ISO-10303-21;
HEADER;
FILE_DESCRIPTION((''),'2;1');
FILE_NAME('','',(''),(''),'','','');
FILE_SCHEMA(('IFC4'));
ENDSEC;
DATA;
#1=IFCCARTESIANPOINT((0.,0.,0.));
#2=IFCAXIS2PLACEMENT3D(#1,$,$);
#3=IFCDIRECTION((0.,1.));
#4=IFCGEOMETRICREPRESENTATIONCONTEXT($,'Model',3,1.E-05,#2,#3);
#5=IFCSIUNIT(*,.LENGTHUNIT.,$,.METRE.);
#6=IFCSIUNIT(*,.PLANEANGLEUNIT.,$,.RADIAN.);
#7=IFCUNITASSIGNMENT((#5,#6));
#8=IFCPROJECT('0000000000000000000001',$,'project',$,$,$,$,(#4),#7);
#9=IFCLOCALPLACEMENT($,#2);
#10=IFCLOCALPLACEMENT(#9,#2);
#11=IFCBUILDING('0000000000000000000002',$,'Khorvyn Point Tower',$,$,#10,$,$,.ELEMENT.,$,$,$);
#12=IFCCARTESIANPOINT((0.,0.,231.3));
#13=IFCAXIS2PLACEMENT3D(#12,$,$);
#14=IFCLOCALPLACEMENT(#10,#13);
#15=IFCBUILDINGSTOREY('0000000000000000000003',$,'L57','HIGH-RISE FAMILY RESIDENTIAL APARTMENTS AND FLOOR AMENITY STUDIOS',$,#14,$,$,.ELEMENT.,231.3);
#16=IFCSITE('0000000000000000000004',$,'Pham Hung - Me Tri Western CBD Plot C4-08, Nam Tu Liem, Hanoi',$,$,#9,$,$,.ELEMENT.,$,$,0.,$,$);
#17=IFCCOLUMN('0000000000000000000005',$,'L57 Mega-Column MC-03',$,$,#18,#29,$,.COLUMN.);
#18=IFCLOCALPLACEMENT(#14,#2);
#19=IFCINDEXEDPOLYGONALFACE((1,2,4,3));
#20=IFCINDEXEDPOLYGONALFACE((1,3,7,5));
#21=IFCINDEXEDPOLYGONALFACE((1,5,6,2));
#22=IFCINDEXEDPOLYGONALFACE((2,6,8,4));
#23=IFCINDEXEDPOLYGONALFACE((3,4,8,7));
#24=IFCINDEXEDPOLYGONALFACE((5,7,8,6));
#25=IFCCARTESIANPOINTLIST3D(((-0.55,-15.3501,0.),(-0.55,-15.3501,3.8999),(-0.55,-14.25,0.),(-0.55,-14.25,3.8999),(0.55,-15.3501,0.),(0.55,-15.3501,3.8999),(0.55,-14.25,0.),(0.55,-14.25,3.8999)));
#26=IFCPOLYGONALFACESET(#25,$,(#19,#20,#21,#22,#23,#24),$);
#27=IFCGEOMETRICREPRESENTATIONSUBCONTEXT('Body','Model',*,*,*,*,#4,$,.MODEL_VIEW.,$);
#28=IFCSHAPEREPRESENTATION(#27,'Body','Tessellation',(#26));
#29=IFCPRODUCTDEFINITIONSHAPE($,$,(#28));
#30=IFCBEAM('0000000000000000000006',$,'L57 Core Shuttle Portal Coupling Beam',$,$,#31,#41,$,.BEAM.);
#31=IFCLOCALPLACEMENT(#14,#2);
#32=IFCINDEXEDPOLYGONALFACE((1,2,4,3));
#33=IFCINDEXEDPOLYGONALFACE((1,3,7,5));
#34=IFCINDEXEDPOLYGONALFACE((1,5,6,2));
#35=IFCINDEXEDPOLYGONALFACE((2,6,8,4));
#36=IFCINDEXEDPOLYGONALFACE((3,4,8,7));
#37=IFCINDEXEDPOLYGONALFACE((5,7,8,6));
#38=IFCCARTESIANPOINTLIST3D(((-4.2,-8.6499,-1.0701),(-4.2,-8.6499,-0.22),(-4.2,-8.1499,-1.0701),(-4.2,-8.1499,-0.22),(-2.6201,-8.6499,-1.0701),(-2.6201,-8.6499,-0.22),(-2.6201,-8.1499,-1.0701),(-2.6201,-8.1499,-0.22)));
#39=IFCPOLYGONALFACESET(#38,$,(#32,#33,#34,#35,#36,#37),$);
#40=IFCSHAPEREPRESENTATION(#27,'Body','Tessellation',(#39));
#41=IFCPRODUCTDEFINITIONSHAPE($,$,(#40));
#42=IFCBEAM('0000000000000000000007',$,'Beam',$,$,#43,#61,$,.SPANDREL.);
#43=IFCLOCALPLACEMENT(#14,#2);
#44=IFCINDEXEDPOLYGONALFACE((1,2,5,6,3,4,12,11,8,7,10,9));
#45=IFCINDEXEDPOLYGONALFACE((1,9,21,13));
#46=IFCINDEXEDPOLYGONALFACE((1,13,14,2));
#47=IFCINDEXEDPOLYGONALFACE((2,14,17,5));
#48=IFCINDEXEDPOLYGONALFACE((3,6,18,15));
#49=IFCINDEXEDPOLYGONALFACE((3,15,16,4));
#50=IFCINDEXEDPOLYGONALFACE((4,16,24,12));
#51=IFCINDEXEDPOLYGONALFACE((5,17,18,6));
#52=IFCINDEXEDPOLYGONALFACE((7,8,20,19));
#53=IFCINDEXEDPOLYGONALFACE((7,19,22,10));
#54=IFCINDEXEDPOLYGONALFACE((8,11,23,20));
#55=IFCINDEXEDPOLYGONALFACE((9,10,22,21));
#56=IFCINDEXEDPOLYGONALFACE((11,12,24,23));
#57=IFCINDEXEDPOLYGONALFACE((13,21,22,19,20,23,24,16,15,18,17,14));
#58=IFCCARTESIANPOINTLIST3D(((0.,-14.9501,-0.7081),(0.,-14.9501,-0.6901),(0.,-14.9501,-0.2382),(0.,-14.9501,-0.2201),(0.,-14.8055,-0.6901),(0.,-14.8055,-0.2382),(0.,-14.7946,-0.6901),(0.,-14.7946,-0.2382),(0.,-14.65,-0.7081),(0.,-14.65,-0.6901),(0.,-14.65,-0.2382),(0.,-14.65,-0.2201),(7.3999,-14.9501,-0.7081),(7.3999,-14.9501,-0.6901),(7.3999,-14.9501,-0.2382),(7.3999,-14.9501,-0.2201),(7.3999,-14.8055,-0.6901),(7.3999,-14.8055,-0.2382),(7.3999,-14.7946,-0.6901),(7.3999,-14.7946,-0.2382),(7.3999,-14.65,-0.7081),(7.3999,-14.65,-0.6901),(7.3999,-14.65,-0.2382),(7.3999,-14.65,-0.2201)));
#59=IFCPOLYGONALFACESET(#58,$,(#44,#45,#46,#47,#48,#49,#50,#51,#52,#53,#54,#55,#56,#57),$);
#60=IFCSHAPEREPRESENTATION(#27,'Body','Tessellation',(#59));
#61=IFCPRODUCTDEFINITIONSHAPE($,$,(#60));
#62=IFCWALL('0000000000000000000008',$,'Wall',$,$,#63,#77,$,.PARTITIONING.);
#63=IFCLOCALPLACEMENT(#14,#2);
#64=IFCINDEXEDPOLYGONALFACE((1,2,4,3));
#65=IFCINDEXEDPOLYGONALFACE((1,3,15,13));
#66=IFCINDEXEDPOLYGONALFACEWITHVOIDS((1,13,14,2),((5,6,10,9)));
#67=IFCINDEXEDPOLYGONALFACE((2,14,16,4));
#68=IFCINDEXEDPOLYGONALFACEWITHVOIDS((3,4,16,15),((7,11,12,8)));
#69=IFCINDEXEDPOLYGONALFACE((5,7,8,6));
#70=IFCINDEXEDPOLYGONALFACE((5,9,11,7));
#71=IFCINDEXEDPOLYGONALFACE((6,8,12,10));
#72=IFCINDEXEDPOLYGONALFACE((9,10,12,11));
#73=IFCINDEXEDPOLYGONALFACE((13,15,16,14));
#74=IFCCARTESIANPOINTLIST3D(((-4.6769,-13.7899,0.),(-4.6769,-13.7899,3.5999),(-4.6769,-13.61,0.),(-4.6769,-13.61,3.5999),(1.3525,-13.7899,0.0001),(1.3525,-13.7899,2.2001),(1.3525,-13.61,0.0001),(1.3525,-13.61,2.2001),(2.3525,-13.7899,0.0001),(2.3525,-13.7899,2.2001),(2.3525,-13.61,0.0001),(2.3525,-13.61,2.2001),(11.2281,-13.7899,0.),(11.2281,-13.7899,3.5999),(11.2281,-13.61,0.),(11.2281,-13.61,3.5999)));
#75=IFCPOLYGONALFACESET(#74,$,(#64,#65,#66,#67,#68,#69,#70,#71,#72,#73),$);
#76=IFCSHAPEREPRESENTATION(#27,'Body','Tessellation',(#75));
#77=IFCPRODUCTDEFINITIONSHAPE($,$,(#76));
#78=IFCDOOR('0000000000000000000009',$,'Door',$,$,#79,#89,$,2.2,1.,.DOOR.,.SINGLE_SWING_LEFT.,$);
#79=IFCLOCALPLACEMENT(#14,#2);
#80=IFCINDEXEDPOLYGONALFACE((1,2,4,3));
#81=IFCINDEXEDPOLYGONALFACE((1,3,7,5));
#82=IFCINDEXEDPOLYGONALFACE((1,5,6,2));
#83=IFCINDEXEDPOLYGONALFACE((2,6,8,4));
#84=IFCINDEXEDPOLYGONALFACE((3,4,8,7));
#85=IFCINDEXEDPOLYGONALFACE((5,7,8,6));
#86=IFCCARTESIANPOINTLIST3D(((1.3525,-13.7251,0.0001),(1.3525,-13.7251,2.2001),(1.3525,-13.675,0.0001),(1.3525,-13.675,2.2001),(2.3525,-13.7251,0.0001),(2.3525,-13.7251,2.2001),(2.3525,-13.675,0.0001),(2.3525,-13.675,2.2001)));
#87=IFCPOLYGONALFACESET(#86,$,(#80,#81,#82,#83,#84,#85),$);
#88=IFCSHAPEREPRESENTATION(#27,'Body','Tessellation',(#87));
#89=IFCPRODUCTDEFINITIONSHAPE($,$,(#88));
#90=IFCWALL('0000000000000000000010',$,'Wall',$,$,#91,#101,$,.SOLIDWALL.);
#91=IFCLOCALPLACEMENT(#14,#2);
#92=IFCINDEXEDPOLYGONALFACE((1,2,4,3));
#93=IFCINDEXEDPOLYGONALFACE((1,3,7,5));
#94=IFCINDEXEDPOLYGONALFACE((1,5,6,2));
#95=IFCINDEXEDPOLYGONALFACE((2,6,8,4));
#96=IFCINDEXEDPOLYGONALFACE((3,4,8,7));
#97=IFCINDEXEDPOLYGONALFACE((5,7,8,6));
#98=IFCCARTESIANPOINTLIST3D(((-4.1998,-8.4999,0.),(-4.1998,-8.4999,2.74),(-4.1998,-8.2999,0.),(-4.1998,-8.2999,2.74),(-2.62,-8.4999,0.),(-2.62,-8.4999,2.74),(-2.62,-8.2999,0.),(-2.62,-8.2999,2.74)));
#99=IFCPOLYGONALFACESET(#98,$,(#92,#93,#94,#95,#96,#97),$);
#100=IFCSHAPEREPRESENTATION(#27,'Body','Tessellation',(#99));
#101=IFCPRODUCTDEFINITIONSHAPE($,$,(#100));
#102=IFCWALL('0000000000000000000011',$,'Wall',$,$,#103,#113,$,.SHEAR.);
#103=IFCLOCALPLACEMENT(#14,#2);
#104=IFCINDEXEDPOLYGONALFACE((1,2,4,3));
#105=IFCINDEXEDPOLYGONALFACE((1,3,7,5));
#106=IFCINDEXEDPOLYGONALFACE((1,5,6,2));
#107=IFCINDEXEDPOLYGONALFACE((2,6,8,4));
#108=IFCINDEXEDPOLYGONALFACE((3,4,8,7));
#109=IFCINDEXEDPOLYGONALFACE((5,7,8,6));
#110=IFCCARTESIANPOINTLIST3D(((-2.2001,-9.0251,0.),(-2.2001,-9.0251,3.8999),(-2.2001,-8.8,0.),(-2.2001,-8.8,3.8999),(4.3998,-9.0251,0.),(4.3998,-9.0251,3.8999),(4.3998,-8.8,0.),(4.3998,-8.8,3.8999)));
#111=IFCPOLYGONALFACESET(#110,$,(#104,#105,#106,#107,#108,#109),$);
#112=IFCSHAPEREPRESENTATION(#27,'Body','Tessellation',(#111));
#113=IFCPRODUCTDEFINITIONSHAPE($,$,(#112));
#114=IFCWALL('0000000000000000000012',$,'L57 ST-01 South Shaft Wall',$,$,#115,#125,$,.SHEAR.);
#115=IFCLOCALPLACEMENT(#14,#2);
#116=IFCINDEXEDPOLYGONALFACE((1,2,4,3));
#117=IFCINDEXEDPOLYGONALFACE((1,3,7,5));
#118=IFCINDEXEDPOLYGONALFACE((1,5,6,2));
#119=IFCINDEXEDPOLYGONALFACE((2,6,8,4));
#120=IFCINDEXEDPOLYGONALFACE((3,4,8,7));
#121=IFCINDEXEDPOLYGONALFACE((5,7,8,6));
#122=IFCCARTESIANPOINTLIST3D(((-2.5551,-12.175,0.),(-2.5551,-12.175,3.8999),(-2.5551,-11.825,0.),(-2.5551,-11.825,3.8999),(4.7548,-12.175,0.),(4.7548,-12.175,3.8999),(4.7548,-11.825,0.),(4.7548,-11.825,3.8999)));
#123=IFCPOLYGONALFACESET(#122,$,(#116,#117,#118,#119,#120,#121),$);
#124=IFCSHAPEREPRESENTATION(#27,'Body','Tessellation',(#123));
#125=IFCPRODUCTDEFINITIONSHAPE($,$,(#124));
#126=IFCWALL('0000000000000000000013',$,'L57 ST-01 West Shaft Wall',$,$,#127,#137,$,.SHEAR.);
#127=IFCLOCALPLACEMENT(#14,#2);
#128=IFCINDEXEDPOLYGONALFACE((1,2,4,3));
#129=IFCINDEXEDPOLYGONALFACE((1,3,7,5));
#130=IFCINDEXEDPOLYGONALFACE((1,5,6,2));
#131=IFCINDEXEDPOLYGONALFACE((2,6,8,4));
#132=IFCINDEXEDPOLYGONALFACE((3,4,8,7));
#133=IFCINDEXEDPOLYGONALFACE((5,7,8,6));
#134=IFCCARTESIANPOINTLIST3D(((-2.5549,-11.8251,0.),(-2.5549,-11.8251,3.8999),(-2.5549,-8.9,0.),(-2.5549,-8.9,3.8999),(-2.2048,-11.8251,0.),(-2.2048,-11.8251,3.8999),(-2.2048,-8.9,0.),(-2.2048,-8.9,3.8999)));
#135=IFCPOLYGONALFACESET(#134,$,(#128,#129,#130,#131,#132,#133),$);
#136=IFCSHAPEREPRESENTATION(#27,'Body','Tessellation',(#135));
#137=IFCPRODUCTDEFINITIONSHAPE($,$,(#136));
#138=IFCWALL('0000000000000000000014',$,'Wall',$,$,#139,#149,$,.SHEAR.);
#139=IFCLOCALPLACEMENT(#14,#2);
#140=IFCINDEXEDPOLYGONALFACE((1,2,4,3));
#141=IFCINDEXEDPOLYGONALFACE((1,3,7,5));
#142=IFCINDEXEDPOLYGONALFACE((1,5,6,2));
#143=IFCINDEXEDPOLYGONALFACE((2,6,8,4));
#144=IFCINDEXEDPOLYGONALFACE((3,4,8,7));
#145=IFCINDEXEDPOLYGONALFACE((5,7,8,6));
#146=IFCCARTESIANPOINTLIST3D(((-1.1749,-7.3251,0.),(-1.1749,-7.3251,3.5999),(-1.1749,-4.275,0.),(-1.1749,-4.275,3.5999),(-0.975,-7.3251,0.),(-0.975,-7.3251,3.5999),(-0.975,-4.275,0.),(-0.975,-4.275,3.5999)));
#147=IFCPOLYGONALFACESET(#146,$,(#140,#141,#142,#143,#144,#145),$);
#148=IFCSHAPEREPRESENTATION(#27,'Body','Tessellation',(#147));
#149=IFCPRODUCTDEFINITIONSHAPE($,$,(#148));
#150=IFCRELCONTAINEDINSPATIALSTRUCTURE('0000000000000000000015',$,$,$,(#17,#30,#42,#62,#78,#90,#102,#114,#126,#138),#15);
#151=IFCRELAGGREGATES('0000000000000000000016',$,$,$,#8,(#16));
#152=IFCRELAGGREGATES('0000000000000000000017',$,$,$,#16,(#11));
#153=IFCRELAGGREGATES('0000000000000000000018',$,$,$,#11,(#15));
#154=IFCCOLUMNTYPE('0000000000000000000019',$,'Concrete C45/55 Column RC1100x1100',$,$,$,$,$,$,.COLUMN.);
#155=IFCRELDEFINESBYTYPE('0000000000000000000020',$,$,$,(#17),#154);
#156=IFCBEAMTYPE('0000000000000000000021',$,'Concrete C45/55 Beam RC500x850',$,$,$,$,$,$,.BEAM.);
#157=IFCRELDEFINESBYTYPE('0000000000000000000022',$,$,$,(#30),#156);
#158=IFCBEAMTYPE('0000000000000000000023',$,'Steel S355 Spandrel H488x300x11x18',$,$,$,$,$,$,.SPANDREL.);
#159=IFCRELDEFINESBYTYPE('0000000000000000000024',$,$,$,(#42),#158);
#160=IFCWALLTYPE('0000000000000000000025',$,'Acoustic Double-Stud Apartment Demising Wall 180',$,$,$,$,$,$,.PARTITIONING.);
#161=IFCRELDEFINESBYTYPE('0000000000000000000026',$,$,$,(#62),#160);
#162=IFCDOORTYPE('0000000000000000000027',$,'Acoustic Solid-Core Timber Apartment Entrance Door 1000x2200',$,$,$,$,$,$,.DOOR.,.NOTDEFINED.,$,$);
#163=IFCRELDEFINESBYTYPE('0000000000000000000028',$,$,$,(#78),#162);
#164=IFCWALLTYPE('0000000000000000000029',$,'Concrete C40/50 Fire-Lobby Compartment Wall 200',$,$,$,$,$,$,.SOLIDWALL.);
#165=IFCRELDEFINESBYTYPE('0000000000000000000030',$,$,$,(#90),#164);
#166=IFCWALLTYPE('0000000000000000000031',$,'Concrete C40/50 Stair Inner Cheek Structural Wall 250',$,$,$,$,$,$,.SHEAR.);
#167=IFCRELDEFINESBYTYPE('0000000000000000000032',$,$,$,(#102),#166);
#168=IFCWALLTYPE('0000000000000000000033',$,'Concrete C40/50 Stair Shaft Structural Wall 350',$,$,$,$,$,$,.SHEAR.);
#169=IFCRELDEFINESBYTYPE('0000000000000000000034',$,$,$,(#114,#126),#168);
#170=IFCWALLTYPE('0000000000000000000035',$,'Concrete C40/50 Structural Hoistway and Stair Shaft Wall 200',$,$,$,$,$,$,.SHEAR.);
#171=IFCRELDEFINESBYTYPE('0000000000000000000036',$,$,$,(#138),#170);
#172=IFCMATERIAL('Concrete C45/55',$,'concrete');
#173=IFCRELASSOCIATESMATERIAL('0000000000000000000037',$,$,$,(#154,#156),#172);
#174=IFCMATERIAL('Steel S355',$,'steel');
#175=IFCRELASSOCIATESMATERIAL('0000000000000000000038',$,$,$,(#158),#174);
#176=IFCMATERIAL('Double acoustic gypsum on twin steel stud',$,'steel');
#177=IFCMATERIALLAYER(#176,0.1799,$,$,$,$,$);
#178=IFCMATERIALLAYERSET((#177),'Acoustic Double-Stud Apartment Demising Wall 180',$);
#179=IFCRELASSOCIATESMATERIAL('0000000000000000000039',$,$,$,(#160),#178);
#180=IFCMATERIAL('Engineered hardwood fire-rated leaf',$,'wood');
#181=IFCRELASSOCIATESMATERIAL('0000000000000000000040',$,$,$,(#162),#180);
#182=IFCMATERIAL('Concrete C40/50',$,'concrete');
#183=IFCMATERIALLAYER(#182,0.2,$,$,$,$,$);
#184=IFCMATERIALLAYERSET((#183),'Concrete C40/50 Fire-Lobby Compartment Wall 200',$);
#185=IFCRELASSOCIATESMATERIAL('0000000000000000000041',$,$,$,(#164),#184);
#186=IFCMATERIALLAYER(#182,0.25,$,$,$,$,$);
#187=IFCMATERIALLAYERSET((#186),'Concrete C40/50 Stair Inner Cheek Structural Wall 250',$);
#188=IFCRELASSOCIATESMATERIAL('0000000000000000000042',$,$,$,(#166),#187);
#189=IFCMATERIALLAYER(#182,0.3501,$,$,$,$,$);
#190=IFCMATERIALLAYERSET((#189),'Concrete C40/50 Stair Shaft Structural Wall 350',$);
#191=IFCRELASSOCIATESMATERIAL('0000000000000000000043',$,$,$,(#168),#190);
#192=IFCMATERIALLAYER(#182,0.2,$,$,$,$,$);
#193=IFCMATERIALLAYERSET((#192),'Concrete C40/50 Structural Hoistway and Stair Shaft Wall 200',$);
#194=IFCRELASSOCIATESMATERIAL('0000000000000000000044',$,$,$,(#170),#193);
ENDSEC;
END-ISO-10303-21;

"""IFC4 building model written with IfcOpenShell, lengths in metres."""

from ifc_helpers import new_model, si_unit, direction, frame, frame_2d, origin, origin_2d, place, context, subcontext, project, spatial, rectangle, i_section, extrude, material, layer, layer_set, material_profile, profile_set, type_object, element, fill, save


model = new_model("IFC4")

# Units and contexts
model_context = context("Model", 3, precision=1e-05, world=origin(), true_north=direction((0.0, 1.0)))
body_context = subcontext(model_context, "Body", "Model", "MODEL_VIEW")
ifc_project = project(units=[si_unit("LENGTHUNIT", "METRE"), si_unit("PLANEANGLEUNIT", "RADIAN")], contexts=[model_context])

# Site, building, storey
site_placement = place(None, origin())
site = spatial("IfcSite", under=ifc_project, at=site_placement, Name="Pham Hung - Me Tri Western CBD Plot C4-08, Nam Tu Liem, Hanoi", CompositionType="ELEMENT", RefElevation=0.0)
building_placement = place(site_placement, origin())
building = spatial("IfcBuilding", under=site, at=building_placement, Name="Khorvyn Point Tower", CompositionType="ELEMENT")
storey_placement = place(building_placement, frame((0.0, 0.0, 231.3)))
storey = spatial("IfcBuildingStorey", under=building, at=storey_placement, Name="L57", Description="HIGH-RISE FAMILY RESIDENTIAL APARTMENTS AND FLOOR AMENITY STUDIOS", CompositionType="ELEMENT", Elevation=231.3)

# Column
ifc_material_1 = material(Name="Concrete C45/55", Category="concrete")
ifc_material_profile_1 = material_profile(ifc_material_1, rectangle(XDim=1.1001, YDim=1.1001, at=origin_2d()))
ifc_profile_set_1 = profile_set([ifc_material_profile_1], Name="Concrete C45/55 RC1100x1100")
column_type = type_object("IfcColumnType", Name="Concrete C45/55 Column RC1100x1100", PredefinedType="COLUMN", material=ifc_profile_set_1)
column_placement = place(storey_placement, frame((0.0, -14.8, 0.0), z_axis=(0.0, 0.0, 1.0), x_axis=(1.0, 0.0, 0.0)))
element("IfcColumn", 1, at=column_placement, inside=storey, type_object=column_type, Name="L57 Mega-Column MC-03", PredefinedType="COLUMN", context=body_context, shape_type="SweptSolid", body=[
    extrude(rectangle(XDim=1.1001, YDim=1.1001, at=origin_2d()), origin(), (0.0, 0.0, 1.0), 3.8999),
])

# Beams
ifc_material_profile_2 = material_profile(ifc_material_1, rectangle(XDim=0.5, YDim=0.8501, at=origin_2d()))
ifc_profile_set_2 = profile_set([ifc_material_profile_2], Name="Concrete C45/55 RC500x850")
beam_type_1 = type_object("IfcBeamType", Name="Concrete C45/55 Beam RC500x850", PredefinedType="BEAM", material=ifc_profile_set_2)
beam_1_placement = place(storey_placement, frame((-4.2, -8.3999, -0.645), z_axis=(1.0, 0.0, 0.0), x_axis=(0.0, 1.0, 0.0)))
element("IfcBeam", 2, at=beam_1_placement, inside=storey, type_object=beam_type_1, Name="L57 Core Shuttle Portal Coupling Beam", PredefinedType="BEAM", context=body_context, shape_type="SweptSolid", body=[
    extrude(rectangle(XDim=0.5, YDim=0.8501, at=origin_2d()), origin(), (0.0, 0.0, 1.0), 1.5798),
])
ifc_material_2 = material(Name="Steel S355", Category="steel")
ifc_material_profile_3 = material_profile(ifc_material_2, i_section(OverallWidth=0.3, OverallDepth=0.488, WebThickness=0.011, FlangeThickness=0.0181, at=origin_2d()))
ifc_profile_set_3 = profile_set([ifc_material_profile_3], Name="Steel S355 H488x300x11x18")
beam_type_2 = type_object("IfcBeamType", Name="Steel S355 Spandrel H488x300x11x18", PredefinedType="SPANDREL", material=ifc_profile_set_3)
beam_2_placement = place(storey_placement, frame((0.0, -14.8, -0.4641), z_axis=(1.0, 0.0, 0.0), x_axis=(0.0, 1.0, 0.0)))
element("IfcBeam", 3, at=beam_2_placement, inside=storey, type_object=beam_type_2, Name="Beam", PredefinedType="SPANDREL", context=body_context, shape_type="SweptSolid", body=[
    extrude(i_section(OverallWidth=0.3, OverallDepth=0.488, WebThickness=0.011, FlangeThickness=0.0181, at=origin_2d()), origin(), (0.0, 0.0, 1.0), 7.3999),
])

# Wall, opening, door
ifc_material_3 = material(Name="Double acoustic gypsum on twin steel stud", Category="steel")
ifc_layer_1 = layer(ifc_material_3, 0.1799)
ifc_layer_set_1 = layer_set([ifc_layer_1], Name="Acoustic Double-Stud Apartment Demising Wall 180")
wall_type_1 = type_object("IfcWallType", Name="Acoustic Double-Stud Apartment Demising Wall 180", PredefinedType="PARTITIONING", material=ifc_layer_set_1)
wall_1_placement = place(storey_placement, frame((-4.677, -13.7, 0.0), z_axis=(0.0, 0.0, 1.0), x_axis=(1.0, 0.0, 0.0)))
wall_1 = element("IfcWall", 4, at=wall_1_placement, inside=storey, type_object=wall_type_1, Name="Wall", PredefinedType="PARTITIONING", context=body_context, shape_type="SweptSolid", body=[
    extrude(rectangle(XDim=15.905, YDim=0.1799, at=frame_2d((7.9526, 0.0))), origin(), (0.0, 0.0, 1.0), 3.5999),
])
opening_1_placement = place(wall_1_placement, frame((6.0295, 0.0, 0.0)))
opening_1 = element("IfcOpeningElement", 5, at=opening_1_placement, cuts=wall_1, PredefinedType="OPENING", context=body_context, shape_type="SweptSolid", body=[
    extrude(rectangle(XDim=1.0, YDim=2.2, at=frame_2d((0.5, 1.1001))), frame((0.0, 0.0999, 0.0), z_axis=(0.0, -1.0, 0.0), x_axis=(1.0, 0.0, 0.0)), (0.0, 0.0, 1.0), 0.2),
])
ifc_material_4 = material(Name="Engineered hardwood fire-rated leaf", Category="wood")
door_type_1 = type_object("IfcDoorType", Name="Acoustic Solid-Core Timber Apartment Entrance Door 1000x2200", OperationType="NOTDEFINED", PredefinedType="DOOR", material=ifc_material_4)
door_1_placement = place(opening_1_placement, origin())
door_1 = element("IfcDoor", 6, at=door_1_placement, inside=storey, type_object=door_type_1, Name="Door", OperationType="SINGLE_SWING_LEFT", OverallHeight=2.2, OverallWidth=1.0, PredefinedType="DOOR", context=body_context, shape_type="SweptSolid", body=[
    extrude(rectangle(XDim=1.0, YDim=2.2, at=frame_2d((0.5, 1.1001))), frame((0.0, 0.0249, 0.0), z_axis=(0.0, -1.0, 0.0), x_axis=(1.0, 0.0, 0.0)), (0.0, 0.0, 1.0), 0.05),
])
fill(opening_1, door_1)

# Walls
ifc_material_5 = material(Name="Concrete C40/50", Category="concrete")
ifc_layer_2 = layer(ifc_material_5, 0.2)
ifc_layer_set_2 = layer_set([ifc_layer_2], Name="Concrete C40/50 Fire-Lobby Compartment Wall 200")
wall_type_2 = type_object("IfcWallType", Name="Concrete C40/50 Fire-Lobby Compartment Wall 200", PredefinedType="SOLIDWALL", material=ifc_layer_set_2)
wall_2_placement = place(storey_placement, frame((-4.2, -8.3999, 0.0), z_axis=(0.0, 0.0, 1.0), x_axis=(1.0, 0.0, 0.0)))
element("IfcWall", 7, at=wall_2_placement, inside=storey, type_object=wall_type_2, Name="Wall", PredefinedType="SOLIDWALL", context=body_context, shape_type="SweptSolid", body=[
    extrude(rectangle(XDim=1.5798, YDim=0.2, at=frame_2d((0.79, 0.0))), origin(), (0.0, 0.0, 1.0), 2.74),
])
ifc_layer_3 = layer(ifc_material_5, 0.25)
ifc_layer_set_3 = layer_set([ifc_layer_3], Name="Concrete C40/50 Stair Inner Cheek Structural Wall 250")
wall_type_3 = type_object("IfcWallType", Name="Concrete C40/50 Stair Inner Cheek Structural Wall 250", PredefinedType="SHEAR", material=ifc_layer_set_3)
wall_3_placement = place(storey_placement, frame((-2.2, -8.9126, 0.0), z_axis=(0.0, 0.0, 1.0), x_axis=(1.0, 0.0, 0.0)))
element("IfcWall", 8, at=wall_3_placement, inside=storey, type_object=wall_type_3, Name="Wall", PredefinedType="SHEAR", context=body_context, shape_type="SweptSolid", body=[
    extrude(rectangle(XDim=6.5999, YDim=0.2251, at=frame_2d((3.2998, 0.0))), origin(), (0.0, 0.0, 1.0), 3.8999),
])
ifc_layer_4 = layer(ifc_material_5, 0.3501)
ifc_layer_set_4 = layer_set([ifc_layer_4], Name="Concrete C40/50 Stair Shaft Structural Wall 350")
wall_type_4 = type_object("IfcWallType", Name="Concrete C40/50 Stair Shaft Structural Wall 350", PredefinedType="SHEAR", material=ifc_layer_set_4)
wall_4_placement = place(storey_placement, frame((-2.5549, -12.0, 0.0), z_axis=(0.0, 0.0, 1.0), x_axis=(1.0, 0.0, 0.0)))
element("IfcWall", 9, at=wall_4_placement, inside=storey, type_object=wall_type_4, Name="L57 ST-01 South Shaft Wall", PredefinedType="SHEAR", context=body_context, shape_type="SweptSolid", body=[
    extrude(rectangle(XDim=7.3098, YDim=0.3501, at=frame_2d((3.6548, 0.0))), origin(), (0.0, 0.0, 1.0), 3.8999),
])
wall_5_placement = place(storey_placement, frame((-2.3799, -11.825, 0.0), z_axis=(0.0, 0.0, 1.0), x_axis=(0.0, 1.0, 0.0)))
element("IfcWall", 10, at=wall_5_placement, inside=storey, type_object=wall_type_4, Name="L57 ST-01 West Shaft Wall", PredefinedType="SHEAR", context=body_context, shape_type="SweptSolid", body=[
    extrude(rectangle(XDim=2.925, YDim=0.3501, at=frame_2d((1.4624, 0.0))), origin(), (0.0, 0.0, 1.0), 3.8999),
])
ifc_layer_5 = layer(ifc_material_5, 0.2)
ifc_layer_set_5 = layer_set([ifc_layer_5], Name="Concrete C40/50 Structural Hoistway and Stair Shaft Wall 200")
wall_type_5 = type_object("IfcWallType", Name="Concrete C40/50 Structural Hoistway and Stair Shaft Wall 200", PredefinedType="SHEAR", material=ifc_layer_set_5)
wall_6_placement = place(storey_placement, frame((-1.075, -7.325, 0.0), z_axis=(0.0, 0.0, 1.0), x_axis=(0.0, 1.0, 0.0)))
element("IfcWall", 11, at=wall_6_placement, inside=storey, type_object=wall_type_5, Name="Wall", PredefinedType="SHEAR", context=body_context, shape_type="SweptSolid", body=[
    extrude(rectangle(XDim=3.05, YDim=0.2, at=frame_2d((1.5249, 0.0))), origin(), (0.0, 0.0, 1.0), 3.5999),
])

save(model, "model.ifc")
